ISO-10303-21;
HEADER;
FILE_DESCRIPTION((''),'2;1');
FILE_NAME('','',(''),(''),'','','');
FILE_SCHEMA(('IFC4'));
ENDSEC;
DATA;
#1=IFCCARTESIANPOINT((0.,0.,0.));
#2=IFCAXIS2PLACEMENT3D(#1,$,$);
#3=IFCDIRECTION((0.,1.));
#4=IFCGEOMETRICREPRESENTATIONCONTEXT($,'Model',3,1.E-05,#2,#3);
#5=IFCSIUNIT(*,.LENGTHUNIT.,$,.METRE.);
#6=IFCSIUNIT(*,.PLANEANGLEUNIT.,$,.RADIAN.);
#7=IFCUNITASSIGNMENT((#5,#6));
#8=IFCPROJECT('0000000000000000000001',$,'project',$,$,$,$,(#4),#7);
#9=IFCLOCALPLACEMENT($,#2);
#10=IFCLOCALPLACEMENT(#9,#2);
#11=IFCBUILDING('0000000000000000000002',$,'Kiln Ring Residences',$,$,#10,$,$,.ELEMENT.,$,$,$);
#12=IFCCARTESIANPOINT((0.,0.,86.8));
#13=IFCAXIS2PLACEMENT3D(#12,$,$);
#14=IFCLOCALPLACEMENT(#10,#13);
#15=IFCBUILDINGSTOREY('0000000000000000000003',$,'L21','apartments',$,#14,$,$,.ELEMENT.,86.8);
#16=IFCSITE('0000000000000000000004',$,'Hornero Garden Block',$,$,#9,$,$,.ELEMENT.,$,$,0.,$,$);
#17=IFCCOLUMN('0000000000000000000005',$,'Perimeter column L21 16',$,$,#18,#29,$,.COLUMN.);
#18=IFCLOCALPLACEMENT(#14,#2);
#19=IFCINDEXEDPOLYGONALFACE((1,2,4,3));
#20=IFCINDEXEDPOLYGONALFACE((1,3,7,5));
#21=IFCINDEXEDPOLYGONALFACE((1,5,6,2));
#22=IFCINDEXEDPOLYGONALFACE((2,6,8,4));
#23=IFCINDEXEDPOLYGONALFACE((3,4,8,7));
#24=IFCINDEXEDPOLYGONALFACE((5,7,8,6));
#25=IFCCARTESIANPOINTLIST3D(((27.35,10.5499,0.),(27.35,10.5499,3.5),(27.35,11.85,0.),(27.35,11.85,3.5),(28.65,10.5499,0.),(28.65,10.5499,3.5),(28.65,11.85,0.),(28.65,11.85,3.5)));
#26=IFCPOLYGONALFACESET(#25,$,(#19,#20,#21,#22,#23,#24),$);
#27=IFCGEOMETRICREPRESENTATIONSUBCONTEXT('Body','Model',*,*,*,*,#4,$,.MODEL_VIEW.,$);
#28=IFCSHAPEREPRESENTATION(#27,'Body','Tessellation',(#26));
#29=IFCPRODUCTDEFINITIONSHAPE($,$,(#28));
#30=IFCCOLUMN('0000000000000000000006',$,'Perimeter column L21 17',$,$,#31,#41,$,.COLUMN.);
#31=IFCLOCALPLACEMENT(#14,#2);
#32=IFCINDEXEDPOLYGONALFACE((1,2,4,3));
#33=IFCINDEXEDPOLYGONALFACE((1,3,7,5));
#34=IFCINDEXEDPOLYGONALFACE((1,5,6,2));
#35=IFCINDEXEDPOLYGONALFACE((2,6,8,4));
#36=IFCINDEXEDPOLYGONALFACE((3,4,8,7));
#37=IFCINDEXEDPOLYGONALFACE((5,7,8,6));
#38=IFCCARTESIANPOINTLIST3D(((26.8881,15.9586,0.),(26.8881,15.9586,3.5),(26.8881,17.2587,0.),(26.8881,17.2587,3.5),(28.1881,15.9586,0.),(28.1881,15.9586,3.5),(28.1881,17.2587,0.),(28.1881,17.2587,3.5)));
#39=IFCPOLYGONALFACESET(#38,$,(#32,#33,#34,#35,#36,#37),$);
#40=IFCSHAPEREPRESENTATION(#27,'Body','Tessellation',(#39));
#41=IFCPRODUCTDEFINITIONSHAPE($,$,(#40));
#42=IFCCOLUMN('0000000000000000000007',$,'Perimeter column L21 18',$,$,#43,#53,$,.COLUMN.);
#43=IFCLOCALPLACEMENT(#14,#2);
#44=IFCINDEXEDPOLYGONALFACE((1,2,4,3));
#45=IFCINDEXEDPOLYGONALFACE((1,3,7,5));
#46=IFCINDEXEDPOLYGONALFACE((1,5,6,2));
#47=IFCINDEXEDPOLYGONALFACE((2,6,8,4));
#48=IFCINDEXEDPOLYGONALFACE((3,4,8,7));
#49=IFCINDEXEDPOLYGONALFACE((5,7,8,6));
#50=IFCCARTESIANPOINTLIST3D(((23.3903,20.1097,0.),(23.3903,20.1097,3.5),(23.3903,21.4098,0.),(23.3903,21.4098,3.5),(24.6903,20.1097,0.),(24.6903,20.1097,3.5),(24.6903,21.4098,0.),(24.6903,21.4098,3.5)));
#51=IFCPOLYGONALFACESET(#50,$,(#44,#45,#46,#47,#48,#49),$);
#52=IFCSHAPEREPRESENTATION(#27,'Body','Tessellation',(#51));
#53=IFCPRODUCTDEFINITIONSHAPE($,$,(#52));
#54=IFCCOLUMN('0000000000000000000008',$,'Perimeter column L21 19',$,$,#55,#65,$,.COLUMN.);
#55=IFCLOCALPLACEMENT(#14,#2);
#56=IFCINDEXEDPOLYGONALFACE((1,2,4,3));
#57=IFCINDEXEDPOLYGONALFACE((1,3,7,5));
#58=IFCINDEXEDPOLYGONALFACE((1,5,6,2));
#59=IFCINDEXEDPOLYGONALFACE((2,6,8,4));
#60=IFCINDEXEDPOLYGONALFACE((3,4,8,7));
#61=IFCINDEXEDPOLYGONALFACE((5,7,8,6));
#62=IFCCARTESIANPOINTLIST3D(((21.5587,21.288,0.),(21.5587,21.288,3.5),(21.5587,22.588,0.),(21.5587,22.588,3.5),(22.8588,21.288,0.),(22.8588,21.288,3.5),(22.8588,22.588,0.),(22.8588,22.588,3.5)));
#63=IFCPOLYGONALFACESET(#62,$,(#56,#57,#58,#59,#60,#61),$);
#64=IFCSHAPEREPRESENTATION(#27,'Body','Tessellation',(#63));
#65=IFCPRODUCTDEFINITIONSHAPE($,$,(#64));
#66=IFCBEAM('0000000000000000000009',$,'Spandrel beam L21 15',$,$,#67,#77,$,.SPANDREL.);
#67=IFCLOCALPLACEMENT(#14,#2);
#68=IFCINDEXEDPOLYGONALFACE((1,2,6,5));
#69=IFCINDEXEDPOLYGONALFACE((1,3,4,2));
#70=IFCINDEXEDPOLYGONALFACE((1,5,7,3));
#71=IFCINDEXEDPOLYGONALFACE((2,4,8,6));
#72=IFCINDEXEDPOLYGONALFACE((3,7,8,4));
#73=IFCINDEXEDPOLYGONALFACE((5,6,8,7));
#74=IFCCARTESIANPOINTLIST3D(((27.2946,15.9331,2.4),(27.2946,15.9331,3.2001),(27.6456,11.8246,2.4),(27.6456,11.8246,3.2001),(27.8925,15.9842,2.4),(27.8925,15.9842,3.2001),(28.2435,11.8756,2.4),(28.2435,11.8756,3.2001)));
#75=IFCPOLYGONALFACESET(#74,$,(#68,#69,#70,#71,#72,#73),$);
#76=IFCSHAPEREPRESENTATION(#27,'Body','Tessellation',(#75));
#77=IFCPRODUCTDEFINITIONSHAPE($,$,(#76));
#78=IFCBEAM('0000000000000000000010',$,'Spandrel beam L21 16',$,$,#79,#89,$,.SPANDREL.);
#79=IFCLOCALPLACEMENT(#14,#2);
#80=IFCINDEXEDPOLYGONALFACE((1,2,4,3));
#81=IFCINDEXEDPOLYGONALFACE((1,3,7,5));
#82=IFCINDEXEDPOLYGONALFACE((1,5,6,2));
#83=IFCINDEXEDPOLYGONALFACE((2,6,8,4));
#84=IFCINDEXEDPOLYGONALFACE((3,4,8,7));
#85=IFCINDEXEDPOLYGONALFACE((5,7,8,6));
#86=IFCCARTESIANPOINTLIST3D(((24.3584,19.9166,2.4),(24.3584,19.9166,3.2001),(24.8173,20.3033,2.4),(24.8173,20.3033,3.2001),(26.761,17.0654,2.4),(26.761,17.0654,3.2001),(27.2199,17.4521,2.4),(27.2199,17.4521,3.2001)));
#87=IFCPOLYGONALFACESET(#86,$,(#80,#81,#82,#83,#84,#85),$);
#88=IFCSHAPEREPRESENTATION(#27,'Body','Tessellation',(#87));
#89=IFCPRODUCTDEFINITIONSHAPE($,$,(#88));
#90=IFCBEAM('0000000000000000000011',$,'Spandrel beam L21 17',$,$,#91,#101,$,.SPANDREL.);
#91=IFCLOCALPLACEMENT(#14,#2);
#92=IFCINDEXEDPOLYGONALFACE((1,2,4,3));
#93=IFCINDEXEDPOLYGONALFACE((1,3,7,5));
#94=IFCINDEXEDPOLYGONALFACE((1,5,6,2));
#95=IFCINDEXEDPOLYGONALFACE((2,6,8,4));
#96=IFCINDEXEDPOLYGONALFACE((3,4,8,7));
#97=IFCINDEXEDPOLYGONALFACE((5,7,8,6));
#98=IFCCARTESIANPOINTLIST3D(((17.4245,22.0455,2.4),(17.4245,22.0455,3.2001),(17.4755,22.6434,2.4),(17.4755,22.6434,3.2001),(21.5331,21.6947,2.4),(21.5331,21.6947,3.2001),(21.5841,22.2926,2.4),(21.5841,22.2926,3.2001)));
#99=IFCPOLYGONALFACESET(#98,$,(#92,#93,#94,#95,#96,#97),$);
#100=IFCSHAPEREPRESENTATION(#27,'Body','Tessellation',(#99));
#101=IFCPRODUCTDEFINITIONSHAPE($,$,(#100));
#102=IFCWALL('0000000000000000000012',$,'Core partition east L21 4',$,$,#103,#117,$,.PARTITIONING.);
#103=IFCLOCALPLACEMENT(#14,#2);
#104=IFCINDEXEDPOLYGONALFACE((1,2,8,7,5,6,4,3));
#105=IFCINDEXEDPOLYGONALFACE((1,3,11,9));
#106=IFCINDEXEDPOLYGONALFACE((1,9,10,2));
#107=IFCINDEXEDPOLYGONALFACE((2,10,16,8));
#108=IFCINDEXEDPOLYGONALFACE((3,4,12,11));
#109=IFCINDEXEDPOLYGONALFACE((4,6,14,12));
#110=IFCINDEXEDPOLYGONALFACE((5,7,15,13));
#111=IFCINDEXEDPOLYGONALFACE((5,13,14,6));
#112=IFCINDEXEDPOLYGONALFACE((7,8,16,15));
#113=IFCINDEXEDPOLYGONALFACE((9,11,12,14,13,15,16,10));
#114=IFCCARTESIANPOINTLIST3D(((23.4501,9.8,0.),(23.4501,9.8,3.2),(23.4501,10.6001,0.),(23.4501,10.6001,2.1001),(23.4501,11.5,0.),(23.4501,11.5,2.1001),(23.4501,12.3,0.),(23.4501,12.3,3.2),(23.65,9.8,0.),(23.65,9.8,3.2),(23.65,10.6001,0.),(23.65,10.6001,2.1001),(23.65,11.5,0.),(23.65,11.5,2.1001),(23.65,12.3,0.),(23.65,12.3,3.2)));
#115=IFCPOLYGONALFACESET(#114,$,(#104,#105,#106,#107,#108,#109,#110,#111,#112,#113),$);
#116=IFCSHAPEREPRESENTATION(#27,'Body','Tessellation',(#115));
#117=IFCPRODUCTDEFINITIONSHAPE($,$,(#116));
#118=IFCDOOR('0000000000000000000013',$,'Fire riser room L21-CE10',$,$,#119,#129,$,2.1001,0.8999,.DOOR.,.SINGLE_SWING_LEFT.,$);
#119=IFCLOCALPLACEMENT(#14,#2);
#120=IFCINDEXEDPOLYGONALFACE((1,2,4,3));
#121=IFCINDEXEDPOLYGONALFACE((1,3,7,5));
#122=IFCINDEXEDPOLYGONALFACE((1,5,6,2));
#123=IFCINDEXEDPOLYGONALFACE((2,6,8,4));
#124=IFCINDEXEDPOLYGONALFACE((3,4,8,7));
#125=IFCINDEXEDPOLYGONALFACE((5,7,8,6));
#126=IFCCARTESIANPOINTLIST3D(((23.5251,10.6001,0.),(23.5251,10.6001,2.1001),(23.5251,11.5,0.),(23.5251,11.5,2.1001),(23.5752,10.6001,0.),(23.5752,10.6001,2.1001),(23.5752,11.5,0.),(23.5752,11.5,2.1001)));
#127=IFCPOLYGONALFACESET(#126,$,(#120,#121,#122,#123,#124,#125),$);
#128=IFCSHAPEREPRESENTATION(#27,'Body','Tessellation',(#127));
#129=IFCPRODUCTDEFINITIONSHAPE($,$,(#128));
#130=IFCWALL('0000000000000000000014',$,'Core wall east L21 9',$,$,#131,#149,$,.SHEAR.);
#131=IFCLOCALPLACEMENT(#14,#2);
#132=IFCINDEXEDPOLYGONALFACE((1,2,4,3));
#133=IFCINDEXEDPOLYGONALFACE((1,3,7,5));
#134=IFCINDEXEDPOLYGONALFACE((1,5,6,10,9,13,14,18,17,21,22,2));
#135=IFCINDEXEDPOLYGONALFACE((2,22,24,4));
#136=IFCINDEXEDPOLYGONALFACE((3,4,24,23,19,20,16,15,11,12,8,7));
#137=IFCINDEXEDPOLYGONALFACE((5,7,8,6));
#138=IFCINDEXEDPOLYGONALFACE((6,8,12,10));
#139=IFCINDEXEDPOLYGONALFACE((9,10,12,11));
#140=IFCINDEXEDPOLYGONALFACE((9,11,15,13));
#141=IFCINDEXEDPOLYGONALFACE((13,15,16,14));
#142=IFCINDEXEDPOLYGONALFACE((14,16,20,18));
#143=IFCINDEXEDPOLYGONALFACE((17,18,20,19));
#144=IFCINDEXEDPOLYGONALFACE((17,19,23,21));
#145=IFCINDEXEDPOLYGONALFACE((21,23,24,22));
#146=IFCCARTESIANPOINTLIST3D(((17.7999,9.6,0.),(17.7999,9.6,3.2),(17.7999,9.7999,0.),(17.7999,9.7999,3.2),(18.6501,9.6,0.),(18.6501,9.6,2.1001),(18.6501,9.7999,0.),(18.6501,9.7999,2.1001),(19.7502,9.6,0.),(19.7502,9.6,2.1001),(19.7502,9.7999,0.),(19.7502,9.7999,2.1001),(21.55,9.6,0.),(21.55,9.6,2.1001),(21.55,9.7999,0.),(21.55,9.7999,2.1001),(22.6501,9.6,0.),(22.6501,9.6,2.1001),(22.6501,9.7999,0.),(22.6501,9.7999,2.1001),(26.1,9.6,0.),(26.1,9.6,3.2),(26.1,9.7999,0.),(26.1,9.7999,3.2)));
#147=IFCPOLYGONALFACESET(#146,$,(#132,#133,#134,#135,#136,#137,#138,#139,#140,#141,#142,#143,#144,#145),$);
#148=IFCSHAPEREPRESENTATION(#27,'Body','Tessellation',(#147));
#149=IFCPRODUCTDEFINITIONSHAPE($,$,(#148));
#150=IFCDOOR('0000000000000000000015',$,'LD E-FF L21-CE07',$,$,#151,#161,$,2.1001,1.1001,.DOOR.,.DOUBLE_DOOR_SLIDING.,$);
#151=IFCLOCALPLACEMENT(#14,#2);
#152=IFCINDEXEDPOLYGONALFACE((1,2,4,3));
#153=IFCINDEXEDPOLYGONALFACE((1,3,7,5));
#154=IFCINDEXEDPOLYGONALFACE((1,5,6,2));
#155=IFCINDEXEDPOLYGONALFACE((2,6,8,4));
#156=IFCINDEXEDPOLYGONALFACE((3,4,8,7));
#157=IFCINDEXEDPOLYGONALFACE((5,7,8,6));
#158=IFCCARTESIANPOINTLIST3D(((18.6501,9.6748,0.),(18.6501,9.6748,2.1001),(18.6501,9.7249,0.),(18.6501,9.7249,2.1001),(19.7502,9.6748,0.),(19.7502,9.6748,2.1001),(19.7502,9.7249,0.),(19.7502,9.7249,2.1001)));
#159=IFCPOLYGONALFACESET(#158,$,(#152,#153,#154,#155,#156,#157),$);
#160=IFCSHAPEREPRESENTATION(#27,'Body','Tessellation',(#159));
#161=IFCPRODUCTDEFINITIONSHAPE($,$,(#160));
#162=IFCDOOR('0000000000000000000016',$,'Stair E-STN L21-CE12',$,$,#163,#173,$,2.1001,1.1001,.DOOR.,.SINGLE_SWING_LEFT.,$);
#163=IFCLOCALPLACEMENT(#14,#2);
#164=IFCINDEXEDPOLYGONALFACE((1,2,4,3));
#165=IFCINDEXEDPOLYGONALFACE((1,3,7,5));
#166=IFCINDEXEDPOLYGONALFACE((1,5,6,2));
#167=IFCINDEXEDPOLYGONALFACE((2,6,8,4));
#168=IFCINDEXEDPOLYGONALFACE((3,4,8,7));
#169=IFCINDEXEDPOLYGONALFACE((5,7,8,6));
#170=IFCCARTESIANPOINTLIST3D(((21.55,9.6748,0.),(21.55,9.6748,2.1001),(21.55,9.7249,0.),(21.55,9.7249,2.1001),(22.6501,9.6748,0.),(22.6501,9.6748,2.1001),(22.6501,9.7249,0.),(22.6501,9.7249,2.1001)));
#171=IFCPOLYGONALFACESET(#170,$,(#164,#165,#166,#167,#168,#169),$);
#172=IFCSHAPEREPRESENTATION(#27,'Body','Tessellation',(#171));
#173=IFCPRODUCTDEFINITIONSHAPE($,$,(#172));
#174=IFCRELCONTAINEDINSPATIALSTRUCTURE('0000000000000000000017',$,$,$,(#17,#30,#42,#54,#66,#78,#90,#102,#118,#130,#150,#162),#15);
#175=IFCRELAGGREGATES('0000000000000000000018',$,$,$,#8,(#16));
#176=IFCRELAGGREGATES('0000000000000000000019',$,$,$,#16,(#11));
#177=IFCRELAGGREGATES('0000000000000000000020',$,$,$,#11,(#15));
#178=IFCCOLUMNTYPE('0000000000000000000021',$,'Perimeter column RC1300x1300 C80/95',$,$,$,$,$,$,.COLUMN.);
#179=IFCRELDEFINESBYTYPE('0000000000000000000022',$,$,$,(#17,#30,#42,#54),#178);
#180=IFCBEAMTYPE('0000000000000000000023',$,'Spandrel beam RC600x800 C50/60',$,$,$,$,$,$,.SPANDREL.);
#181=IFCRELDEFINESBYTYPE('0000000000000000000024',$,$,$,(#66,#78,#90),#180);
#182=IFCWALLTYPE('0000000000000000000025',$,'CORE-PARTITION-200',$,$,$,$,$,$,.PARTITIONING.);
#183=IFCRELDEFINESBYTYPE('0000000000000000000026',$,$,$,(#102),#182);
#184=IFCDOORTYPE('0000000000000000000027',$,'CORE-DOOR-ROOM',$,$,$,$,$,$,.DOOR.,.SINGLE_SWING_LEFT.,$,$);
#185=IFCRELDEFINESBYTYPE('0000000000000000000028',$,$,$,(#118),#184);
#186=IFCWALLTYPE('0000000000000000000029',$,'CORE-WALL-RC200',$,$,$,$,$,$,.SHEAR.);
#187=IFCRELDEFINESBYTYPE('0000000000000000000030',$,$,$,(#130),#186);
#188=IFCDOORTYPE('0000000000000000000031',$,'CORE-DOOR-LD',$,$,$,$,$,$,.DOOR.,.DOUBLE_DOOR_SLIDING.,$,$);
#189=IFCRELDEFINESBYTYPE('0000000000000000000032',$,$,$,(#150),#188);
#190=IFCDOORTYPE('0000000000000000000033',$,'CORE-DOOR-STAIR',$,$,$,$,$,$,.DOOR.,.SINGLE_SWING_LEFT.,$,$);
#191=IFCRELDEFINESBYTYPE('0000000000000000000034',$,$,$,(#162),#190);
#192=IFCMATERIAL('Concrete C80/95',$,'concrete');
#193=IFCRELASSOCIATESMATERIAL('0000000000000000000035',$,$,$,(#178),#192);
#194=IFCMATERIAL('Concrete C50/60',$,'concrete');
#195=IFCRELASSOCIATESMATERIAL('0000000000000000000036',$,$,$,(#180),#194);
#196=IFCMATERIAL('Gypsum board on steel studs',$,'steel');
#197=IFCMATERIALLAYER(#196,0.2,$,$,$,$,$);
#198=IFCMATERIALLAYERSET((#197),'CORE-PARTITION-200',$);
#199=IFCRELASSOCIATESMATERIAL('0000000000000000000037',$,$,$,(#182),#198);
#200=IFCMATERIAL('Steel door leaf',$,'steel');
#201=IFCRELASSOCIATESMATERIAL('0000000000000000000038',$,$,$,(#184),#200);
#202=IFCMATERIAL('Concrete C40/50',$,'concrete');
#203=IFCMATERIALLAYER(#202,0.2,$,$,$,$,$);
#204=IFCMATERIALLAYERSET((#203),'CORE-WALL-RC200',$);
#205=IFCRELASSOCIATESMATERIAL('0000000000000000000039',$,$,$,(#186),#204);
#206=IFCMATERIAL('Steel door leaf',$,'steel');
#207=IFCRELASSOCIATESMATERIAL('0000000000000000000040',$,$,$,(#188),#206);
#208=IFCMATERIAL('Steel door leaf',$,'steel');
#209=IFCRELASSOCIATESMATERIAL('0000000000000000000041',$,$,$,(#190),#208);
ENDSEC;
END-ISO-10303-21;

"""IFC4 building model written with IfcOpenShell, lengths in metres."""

from ifc_helpers import new_model, si_unit, direction, frame, frame_2d, origin, origin_2d, place, context, subcontext, project, spatial, rectangle, extrude, material, layer, layer_set, material_profile, profile_set, type_object, element, fill, save


model = new_model("IFC4")

# Units and contexts
model_context = context("Model", 3, precision=1e-05, world=origin(), true_north=direction((0.0, 1.0)))
body_context = subcontext(model_context, "Body", "Model", "MODEL_VIEW")
ifc_project = project(units=[si_unit("LENGTHUNIT", "METRE"), si_unit("PLANEANGLEUNIT", "RADIAN")], contexts=[model_context])

# Site, building, storey
site_placement = place(None, origin())
site = spatial("IfcSite", under=ifc_project, at=site_placement, Name="Hornero Garden Block", CompositionType="ELEMENT", RefElevation=0.0)
building_placement = place(site_placement, origin())
building = spatial("IfcBuilding", under=site, at=building_placement, Name="Kiln Ring Residences", CompositionType="ELEMENT")
storey_placement = place(building_placement, frame((0.0, 0.0, 86.8)))
storey = spatial("IfcBuildingStorey", under=building, at=storey_placement, Name="L21", Description="apartments", CompositionType="ELEMENT", Elevation=86.8)

# Columns
ifc_material_1 = material(Name="Concrete C80/95", Category="concrete")
ifc_material_profile_1 = material_profile(ifc_material_1, rectangle(XDim=1.3, YDim=1.3, at=origin_2d()), Name="RC1300x1300")
ifc_profile_set_1 = profile_set([ifc_material_profile_1], Name="Concrete C80/95")
column_type = type_object("IfcColumnType", Name="Perimeter column RC1300x1300 C80/95", PredefinedType="COLUMN", material=ifc_profile_set_1)
for number, where, z_axis, x_axis, name in (
    (1, (28.0, 11.2, 0.0), (0.0, 0.0, 1.0), (1.0, 0.0, 0.0), "Perimeter column L21 16"),
    (2, (27.5381, 16.6086, 0.0), (0.0, 0.0, 1.0), (1.0, 0.0, 0.0), "Perimeter column L21 17"),
    (3, (24.0403, 20.7598, 0.0), (0.0, 0.0, 1.0), (1.0, 0.0, 0.0), "Perimeter column L21 18"),
    (4, (22.2087, 21.938, 0.0), (0.0, 0.0, 1.0), (1.0, 0.0, 0.0), "Perimeter column L21 19"),
):
    element("IfcColumn", number, at=place(storey_placement, frame(where, z_axis=z_axis, x_axis=x_axis)), inside=storey, type_object=column_type, Name=name, PredefinedType="COLUMN", context=body_context, shape_type="SweptSolid", body=[
        extrude(rectangle(XDim=1.3, YDim=1.3, at=origin_2d()), origin(), (0.0, 0.0, 1.0), 3.5),
    ])

# Beams
ifc_material_2 = material(Name="Concrete C50/60", Category="concrete")
ifc_material_profile_2 = material_profile(ifc_material_2, rectangle(XDim=0.6001, YDim=0.8, at=origin_2d()), Name="RC600x800")
ifc_profile_set_2 = profile_set([ifc_material_profile_2], Name="Concrete C50/60")
beam_type = type_object("IfcBeamType", Name="Spandrel beam RC600x800 C50/60", PredefinedType="SPANDREL", material=ifc_profile_set_2)
beam_1_placement = place(storey_placement, frame((27.9446, 11.8501, 2.8), z_axis=(-0.085137, 0.996369, 0.0), x_axis=(-0.996369, -0.085137, 0.0)))
element("IfcBeam", 5, at=beam_1_placement, inside=storey, type_object=beam_type, Name="Spandrel beam L21 15", PredefinedType="SPANDREL", context=body_context, shape_type="SweptSolid", body=[
    extrude(rectangle(XDim=0.6001, YDim=0.8, at=origin_2d()), origin(), (0.0, 0.0, 1.0), 4.1235),
])
beam_2_placement = place(storey_placement, frame((26.9905, 17.2588, 2.8), z_axis=(-0.6444, 0.764689, 0.0), x_axis=(-0.764689, -0.6444, 0.0)))
element("IfcBeam", 6, at=beam_2_placement, inside=storey, type_object=beam_type, Name="Spandrel beam L21 16", PredefinedType="SPANDREL", context=body_context, shape_type="SweptSolid", body=[
    extrude(rectangle(XDim=0.6001, YDim=0.8, at=origin_2d()), origin(), (0.0, 0.0, 1.0), 3.7285),
])
beam_3_placement = place(storey_placement, frame((21.5586, 21.9937, 2.8), z_axis=(-0.996374, 0.085079, 0.0), x_axis=(-0.085079, -0.996374, 0.0)))
element("IfcBeam", 7, at=beam_3_placement, inside=storey, type_object=beam_type, Name="Spandrel beam L21 17", PredefinedType="SPANDREL", context=body_context, shape_type="SweptSolid", body=[
    extrude(rectangle(XDim=0.6001, YDim=0.8, at=origin_2d()), origin(), (0.0, 0.0, 1.0), 4.1235),
])

# Wall, opening, door
ifc_material_3 = material(Name="Gypsum board on steel studs", Category="steel")
ifc_layer_1 = layer(ifc_material_3, 0.2)
ifc_layer_set_1 = layer_set([ifc_layer_1], Name="CORE-PARTITION-200")
wall_type_1 = type_object("IfcWallType", Name="CORE-PARTITION-200", PredefinedType="PARTITIONING", material=ifc_layer_set_1)
wall_1_placement = place(storey_placement, frame((23.55, 9.8, 0.0), z_axis=(0.0, 0.0, 1.0), x_axis=(0.0, 1.0, 0.0)))
wall_1 = element("IfcWall", 8, at=wall_1_placement, inside=storey, type_object=wall_type_1, Name="Core partition east L21 4", PredefinedType="PARTITIONING", context=body_context, shape_type="SweptSolid", body=[
    extrude(rectangle(XDim=2.5, YDim=0.2, at=frame_2d((1.25, 0.0))), origin(), (0.0, 0.0, 1.0), 3.2),
])
opening_1_placement = place(wall_1_placement, frame((0.8, 0.0, 0.0)))
opening_1 = element("IfcOpeningElement", 9, at=opening_1_placement, cuts=wall_1, PredefinedType="OPENING", context=body_context, shape_type="SweptSolid", body=[
    extrude(rectangle(XDim=0.8999, YDim=2.1001, at=frame_2d((0.45, 1.05))), frame((0.0, 0.1099, 0.0), z_axis=(0.0, -1.0, 0.0), x_axis=(1.0, 0.0, 0.0)), (0.0, 0.0, 1.0), 0.22),
])
ifc_material_4 = material(Name="Steel door leaf", Category="steel")
door_type_1 = type_object("IfcDoorType", Name="CORE-DOOR-ROOM", OperationType="SINGLE_SWING_LEFT", PredefinedType="DOOR", material=ifc_material_4)
door_1_placement = place(opening_1_placement, origin())
door_1 = element("IfcDoor", 10, at=door_1_placement, inside=storey, type_object=door_type_1, Name="Fire riser room L21-CE10", OperationType="SINGLE_SWING_LEFT", OverallHeight=2.1001, OverallWidth=0.8999, PredefinedType="DOOR", context=body_context, shape_type="SweptSolid", body=[
    extrude(rectangle(XDim=0.8999, YDim=2.1001, at=frame_2d((0.45, 1.05))), frame((0.0, 0.0249, 0.0), z_axis=(0.0, -1.0, 0.0), x_axis=(1.0, 0.0, 0.0)), (0.0, 0.0, 1.0), 0.05),
])
fill(opening_1, door_1)

# Wall, openings, doors
ifc_material_5 = material(Name="Concrete C40/50", Category="concrete")
ifc_layer_2 = layer(ifc_material_5, 0.2)
ifc_layer_set_2 = layer_set([ifc_layer_2], Name="CORE-WALL-RC200")
wall_type_2 = type_object("IfcWallType", Name="CORE-WALL-RC200", PredefinedType="SHEAR", material=ifc_layer_set_2)
wall_2_placement = place(storey_placement, frame((17.8, 9.7, 0.0), z_axis=(0.0, 0.0, 1.0), x_axis=(1.0, 0.0, 0.0)))
wall_2 = element("IfcWall", 11, at=wall_2_placement, inside=storey, type_object=wall_type_2, Name="Core wall east L21 9", PredefinedType="SHEAR", context=body_context, shape_type="SweptSolid", body=[
    extrude(rectangle(XDim=8.3, YDim=0.2, at=frame_2d((4.1499, 0.0))), origin(), (0.0, 0.0, 1.0), 3.2),
])
opening_2_placement = place(wall_2_placement, frame((0.8501, 0.0, 0.0)))
opening_2 = element("IfcOpeningElement", 12, at=opening_2_placement, cuts=wall_2, PredefinedType="OPENING", context=body_context, shape_type="SweptSolid", body=[
    extrude(rectangle(XDim=1.1001, YDim=2.1001, at=frame_2d((0.55, 1.05))), frame((0.0, 0.1099, 0.0), z_axis=(0.0, -1.0, 0.0), x_axis=(1.0, 0.0, 0.0)), (0.0, 0.0, 1.0), 0.22),
])
opening_3_placement = place(wall_2_placement, frame((3.75, 0.0, 0.0)))
opening_3 = element("IfcOpeningElement", 13, at=opening_3_placement, cuts=wall_2, PredefinedType="OPENING", context=body_context, shape_type="SweptSolid", body=[
    extrude(rectangle(XDim=1.1001, YDim=2.1001, at=frame_2d((0.55, 1.05))), frame((0.0, 0.1099, 0.0), z_axis=(0.0, -1.0, 0.0), x_axis=(1.0, 0.0, 0.0)), (0.0, 0.0, 1.0), 0.22),
])
ifc_material_6 = material(Name="Steel door leaf", Category="steel")
door_type_2 = type_object("IfcDoorType", Name="CORE-DOOR-LD", OperationType="DOUBLE_DOOR_SLIDING", PredefinedType="DOOR", material=ifc_material_6)
door_2_placement = place(opening_2_placement, origin())
door_2 = element("IfcDoor", 14, at=door_2_placement, inside=storey, type_object=door_type_2, Name="LD E-FF L21-CE07", OperationType="DOUBLE_DOOR_SLIDING", OverallHeight=2.1001, OverallWidth=1.1001, PredefinedType="DOOR", context=body_context, shape_type="SweptSolid", body=[
    extrude(rectangle(XDim=1.1001, YDim=2.1001, at=frame_2d((0.55, 1.05))), frame((0.0, 0.0249, 0.0), z_axis=(0.0, -1.0, 0.0), x_axis=(1.0, 0.0, 0.0)), (0.0, 0.0, 1.0), 0.05),
])
fill(opening_2, door_2)
ifc_material_7 = material(Name="Steel door leaf", Category="steel")
door_type_3 = type_object("IfcDoorType", Name="CORE-DOOR-STAIR", OperationType="SINGLE_SWING_LEFT", PredefinedType="DOOR", material=ifc_material_7)
door_3_placement = place(opening_3_placement, origin())
door_3 = element("IfcDoor", 15, at=door_3_placement, inside=storey, type_object=door_type_3, Name="Stair E-STN L21-CE12", OperationType="SINGLE_SWING_LEFT", OverallHeight=2.1001, OverallWidth=1.1001, PredefinedType="DOOR", context=body_context, shape_type="SweptSolid", body=[
    extrude(rectangle(XDim=1.1001, YDim=2.1001, at=frame_2d((0.55, 1.05))), frame((0.0, 0.0249, 0.0), z_axis=(0.0, -1.0, 0.0), x_axis=(1.0, 0.0, 0.0)), (0.0, 0.0, 1.0), 0.05),
])
fill(opening_3, door_3)

save(model, "model.ifc")
